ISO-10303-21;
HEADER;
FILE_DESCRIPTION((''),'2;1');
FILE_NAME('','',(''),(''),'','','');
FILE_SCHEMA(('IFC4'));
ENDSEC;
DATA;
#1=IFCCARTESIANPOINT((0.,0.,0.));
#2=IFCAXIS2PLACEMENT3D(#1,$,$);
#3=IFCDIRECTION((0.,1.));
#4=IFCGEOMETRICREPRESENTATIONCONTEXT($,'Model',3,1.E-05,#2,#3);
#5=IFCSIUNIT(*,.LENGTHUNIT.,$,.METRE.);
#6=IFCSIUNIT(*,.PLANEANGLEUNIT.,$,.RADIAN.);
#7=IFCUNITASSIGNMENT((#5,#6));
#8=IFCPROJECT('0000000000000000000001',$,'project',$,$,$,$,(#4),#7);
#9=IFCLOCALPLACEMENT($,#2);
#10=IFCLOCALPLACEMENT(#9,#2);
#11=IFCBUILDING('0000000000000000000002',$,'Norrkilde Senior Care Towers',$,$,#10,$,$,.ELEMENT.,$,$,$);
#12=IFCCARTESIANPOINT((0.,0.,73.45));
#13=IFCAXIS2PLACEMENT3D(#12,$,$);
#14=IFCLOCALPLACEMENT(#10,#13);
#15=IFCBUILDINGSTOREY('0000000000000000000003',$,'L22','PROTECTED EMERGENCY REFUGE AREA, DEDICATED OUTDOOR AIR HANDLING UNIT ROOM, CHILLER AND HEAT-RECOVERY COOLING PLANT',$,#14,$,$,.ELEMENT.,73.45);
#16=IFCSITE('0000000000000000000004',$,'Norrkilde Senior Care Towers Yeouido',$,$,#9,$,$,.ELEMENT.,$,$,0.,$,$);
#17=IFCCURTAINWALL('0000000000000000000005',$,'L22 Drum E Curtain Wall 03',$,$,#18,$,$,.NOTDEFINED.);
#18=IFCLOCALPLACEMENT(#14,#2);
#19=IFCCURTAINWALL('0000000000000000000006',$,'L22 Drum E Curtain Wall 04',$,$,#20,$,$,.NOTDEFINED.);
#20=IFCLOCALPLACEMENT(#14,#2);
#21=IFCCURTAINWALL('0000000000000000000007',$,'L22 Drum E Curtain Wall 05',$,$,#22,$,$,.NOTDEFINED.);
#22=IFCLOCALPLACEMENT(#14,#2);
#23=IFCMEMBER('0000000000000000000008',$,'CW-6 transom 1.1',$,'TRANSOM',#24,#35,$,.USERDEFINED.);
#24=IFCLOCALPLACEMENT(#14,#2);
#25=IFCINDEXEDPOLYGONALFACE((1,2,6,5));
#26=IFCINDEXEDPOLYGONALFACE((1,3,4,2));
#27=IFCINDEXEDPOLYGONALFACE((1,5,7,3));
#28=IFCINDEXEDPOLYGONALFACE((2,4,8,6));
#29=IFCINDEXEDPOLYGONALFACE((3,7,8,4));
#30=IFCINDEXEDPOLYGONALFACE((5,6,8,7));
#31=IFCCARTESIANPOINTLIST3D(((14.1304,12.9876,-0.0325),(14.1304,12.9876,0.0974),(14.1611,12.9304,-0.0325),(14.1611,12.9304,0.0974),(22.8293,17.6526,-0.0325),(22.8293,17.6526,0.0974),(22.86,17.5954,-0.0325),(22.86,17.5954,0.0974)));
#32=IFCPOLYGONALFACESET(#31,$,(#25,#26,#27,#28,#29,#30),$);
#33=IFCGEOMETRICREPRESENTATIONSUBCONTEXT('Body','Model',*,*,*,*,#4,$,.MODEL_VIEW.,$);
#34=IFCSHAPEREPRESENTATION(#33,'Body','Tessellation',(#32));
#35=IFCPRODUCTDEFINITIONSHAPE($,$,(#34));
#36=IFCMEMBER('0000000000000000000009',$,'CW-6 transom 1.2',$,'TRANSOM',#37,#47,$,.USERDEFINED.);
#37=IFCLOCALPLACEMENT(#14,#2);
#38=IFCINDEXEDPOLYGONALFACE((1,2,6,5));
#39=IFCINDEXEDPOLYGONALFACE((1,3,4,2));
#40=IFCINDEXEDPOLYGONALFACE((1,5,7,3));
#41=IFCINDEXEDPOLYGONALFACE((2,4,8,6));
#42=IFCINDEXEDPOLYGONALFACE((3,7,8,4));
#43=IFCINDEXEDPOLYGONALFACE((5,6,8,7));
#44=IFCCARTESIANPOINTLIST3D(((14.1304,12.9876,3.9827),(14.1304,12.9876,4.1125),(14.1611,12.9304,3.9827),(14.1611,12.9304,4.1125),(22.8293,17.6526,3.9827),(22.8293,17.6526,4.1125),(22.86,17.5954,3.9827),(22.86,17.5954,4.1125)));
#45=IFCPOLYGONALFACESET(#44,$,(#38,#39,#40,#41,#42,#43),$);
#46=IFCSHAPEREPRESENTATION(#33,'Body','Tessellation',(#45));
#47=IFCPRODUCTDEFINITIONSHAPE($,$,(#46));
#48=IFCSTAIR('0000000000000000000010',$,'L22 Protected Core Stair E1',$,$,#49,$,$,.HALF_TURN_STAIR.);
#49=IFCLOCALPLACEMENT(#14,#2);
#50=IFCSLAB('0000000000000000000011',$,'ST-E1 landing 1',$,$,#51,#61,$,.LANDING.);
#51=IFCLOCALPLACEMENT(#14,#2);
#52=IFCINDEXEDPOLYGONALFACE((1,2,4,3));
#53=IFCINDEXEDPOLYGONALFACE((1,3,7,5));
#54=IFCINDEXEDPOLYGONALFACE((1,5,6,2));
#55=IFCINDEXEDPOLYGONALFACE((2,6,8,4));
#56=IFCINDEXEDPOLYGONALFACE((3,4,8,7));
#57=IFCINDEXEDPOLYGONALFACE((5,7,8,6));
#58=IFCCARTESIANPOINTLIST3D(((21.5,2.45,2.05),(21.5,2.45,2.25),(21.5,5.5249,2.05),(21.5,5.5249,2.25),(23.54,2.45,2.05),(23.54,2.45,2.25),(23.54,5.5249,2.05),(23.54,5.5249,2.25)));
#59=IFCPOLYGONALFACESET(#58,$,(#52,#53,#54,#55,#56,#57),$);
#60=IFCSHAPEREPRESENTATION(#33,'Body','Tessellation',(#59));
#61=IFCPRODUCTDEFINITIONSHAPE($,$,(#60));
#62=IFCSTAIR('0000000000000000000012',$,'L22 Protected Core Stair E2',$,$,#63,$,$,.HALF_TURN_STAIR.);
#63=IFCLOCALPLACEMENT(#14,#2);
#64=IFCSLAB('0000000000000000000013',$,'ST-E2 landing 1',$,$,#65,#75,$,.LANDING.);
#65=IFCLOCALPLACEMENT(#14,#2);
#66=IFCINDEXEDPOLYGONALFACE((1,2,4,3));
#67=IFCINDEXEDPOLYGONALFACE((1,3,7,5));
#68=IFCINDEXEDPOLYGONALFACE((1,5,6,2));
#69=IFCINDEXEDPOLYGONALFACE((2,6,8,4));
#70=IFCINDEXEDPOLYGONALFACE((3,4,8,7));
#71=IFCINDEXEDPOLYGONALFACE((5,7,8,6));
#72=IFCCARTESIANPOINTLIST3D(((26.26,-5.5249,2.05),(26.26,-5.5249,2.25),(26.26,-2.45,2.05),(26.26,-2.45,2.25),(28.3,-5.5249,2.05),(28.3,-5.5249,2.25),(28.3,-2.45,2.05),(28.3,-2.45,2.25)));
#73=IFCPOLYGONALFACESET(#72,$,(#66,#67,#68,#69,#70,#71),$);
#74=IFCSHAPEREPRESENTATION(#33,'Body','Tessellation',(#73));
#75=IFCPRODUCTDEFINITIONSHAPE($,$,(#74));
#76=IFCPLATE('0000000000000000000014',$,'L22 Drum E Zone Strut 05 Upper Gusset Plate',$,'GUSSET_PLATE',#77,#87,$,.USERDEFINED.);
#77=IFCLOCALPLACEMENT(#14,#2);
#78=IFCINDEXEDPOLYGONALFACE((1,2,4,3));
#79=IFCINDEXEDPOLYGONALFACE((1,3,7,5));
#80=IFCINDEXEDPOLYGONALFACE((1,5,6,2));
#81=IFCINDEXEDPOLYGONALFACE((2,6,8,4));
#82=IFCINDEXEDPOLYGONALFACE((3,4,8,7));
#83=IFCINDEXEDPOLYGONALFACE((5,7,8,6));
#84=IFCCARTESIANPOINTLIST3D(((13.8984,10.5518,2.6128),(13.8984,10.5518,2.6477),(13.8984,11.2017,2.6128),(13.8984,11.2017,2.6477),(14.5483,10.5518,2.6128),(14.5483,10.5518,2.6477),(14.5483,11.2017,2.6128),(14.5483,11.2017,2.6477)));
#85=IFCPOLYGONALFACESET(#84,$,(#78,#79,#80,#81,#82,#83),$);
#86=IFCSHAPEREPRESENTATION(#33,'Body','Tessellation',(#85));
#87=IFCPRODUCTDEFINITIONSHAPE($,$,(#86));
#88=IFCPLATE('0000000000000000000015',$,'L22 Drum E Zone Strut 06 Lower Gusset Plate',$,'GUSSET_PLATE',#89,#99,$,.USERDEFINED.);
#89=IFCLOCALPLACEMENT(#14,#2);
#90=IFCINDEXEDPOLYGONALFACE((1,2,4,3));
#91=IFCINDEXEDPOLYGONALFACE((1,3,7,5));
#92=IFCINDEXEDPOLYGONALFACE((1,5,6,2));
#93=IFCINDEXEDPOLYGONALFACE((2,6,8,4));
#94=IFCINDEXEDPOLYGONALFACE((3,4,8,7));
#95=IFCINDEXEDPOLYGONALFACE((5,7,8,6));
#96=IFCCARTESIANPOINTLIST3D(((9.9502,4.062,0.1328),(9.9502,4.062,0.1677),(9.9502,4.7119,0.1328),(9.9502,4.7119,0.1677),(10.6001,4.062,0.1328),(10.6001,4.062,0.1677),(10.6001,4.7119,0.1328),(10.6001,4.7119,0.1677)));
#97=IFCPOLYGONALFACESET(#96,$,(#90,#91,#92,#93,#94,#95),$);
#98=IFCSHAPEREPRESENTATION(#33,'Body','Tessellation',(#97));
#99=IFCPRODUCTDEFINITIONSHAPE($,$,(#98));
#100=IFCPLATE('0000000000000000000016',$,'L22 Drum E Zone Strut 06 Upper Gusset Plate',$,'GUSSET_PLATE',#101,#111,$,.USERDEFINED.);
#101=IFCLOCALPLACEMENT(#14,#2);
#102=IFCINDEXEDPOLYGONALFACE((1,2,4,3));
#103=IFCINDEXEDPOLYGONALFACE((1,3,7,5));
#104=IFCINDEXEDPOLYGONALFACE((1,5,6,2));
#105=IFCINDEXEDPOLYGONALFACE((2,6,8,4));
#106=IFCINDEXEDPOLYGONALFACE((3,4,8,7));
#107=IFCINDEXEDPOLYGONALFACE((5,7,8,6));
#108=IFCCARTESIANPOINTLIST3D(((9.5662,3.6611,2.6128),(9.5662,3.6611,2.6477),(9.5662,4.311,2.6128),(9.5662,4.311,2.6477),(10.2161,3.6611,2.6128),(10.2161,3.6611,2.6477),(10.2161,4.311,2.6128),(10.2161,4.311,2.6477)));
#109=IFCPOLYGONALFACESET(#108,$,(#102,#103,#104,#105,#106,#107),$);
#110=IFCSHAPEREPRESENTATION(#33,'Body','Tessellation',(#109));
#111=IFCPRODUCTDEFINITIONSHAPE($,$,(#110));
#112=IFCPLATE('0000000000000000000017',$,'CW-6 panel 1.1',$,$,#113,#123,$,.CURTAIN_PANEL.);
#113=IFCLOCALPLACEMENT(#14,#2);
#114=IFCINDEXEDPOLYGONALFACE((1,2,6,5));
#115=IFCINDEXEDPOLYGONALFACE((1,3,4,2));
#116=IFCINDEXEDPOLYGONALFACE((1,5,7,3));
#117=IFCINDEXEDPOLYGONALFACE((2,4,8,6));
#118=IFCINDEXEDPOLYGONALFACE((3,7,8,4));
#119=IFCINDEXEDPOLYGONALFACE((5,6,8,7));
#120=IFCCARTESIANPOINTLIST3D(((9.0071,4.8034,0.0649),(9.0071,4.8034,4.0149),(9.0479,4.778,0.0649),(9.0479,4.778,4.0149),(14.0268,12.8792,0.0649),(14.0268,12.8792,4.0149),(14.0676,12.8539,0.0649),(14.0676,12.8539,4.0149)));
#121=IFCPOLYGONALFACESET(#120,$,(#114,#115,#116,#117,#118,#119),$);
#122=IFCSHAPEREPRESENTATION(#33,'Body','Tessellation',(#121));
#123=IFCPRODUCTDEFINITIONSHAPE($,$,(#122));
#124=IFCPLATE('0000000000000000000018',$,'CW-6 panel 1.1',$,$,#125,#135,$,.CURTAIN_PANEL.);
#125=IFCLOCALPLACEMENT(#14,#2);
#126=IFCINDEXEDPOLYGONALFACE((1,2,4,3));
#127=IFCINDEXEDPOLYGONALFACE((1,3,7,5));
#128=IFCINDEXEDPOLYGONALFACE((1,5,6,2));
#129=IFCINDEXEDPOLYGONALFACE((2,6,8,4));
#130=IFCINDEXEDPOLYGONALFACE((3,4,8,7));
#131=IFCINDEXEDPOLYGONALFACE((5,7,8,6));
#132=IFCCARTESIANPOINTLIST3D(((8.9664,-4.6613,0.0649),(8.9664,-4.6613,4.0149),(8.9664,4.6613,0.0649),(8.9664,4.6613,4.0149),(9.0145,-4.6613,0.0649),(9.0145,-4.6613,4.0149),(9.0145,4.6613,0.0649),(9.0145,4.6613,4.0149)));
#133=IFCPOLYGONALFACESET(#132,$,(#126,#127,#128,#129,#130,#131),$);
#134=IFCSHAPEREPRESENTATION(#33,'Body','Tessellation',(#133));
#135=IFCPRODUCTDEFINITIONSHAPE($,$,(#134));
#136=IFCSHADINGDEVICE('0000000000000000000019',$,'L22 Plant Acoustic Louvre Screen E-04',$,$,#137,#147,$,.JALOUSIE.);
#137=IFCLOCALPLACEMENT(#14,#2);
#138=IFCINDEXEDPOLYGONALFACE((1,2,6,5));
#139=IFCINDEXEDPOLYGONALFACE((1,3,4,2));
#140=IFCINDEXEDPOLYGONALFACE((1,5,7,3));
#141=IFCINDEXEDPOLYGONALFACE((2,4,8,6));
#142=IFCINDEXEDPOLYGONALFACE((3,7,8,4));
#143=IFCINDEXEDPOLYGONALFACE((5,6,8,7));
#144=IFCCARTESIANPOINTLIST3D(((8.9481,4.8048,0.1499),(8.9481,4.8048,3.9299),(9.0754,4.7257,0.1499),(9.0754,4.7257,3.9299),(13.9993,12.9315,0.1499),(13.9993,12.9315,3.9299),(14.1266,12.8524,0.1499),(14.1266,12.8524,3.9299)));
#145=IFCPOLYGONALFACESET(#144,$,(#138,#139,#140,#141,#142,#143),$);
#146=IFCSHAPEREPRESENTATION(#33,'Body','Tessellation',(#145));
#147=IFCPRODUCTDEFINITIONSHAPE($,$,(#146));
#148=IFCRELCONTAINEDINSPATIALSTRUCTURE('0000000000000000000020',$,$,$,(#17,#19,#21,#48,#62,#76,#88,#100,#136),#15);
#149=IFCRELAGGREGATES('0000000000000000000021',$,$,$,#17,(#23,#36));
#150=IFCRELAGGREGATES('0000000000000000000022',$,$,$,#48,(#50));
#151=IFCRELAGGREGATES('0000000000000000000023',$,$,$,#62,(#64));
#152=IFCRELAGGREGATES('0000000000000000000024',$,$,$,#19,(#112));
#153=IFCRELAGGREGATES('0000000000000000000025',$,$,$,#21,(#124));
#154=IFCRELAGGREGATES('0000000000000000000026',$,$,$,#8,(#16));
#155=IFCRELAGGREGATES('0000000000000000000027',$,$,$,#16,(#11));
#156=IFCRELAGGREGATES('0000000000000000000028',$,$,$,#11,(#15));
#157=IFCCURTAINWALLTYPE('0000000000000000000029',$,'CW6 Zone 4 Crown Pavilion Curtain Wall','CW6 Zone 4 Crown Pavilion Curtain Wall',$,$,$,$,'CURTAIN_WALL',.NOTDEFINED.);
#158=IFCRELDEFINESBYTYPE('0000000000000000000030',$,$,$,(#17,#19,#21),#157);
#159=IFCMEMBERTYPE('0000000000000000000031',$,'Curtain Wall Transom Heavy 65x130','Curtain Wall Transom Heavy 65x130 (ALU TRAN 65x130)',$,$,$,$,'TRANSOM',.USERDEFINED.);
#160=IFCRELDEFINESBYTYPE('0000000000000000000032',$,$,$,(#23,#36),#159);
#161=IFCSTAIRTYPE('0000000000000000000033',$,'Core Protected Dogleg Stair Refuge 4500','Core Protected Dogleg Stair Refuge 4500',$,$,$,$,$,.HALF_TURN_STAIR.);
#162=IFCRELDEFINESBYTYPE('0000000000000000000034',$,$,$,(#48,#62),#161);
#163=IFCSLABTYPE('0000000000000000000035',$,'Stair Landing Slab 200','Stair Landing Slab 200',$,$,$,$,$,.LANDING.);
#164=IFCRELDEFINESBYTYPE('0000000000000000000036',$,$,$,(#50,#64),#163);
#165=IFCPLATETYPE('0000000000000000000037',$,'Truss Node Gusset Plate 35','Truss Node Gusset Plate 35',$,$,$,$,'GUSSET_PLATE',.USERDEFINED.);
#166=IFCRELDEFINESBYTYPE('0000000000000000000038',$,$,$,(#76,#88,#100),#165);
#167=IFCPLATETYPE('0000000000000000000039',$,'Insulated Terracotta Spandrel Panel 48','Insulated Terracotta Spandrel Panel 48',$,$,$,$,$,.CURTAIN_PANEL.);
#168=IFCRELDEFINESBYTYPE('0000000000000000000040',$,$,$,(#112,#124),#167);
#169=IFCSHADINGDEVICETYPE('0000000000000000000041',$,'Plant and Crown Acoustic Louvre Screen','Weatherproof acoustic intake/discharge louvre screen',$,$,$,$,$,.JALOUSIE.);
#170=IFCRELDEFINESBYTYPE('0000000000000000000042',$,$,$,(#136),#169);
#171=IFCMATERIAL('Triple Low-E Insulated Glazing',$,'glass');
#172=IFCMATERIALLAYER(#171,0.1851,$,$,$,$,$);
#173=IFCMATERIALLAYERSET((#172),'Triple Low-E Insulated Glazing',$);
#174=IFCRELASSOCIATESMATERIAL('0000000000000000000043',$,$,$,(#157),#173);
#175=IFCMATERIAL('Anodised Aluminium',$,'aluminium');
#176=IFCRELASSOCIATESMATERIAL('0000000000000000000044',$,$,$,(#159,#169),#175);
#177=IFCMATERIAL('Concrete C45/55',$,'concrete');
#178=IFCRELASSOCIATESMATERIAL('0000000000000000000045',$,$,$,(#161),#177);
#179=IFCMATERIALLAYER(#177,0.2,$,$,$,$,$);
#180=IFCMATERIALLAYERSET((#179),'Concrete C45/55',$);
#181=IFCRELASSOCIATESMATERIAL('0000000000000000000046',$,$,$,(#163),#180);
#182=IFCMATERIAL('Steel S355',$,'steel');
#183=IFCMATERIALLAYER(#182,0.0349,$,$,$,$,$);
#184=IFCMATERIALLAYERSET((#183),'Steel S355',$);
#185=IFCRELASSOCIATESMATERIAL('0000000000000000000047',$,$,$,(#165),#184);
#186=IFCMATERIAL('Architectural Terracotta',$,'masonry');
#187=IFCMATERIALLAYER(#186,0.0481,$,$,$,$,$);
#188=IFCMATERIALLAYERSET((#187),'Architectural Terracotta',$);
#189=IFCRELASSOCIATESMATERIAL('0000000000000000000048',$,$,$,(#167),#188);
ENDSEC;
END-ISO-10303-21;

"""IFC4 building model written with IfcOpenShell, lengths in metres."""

from ifc_helpers import new_model, si_unit, direction, frame, origin, origin_2d, place, context, subcontext, project, spatial, polyline, rectangle, outline, extrude, source, transform, mapped, material, layer, layer_set, material_profile, profile_set, type_object, type_shapes, element, aggregate, save


model = new_model("IFC4")

# Units and contexts
model_context = context("Model", 3, precision=1e-05, world=origin(), true_north=direction((0.0, 1.0)))
body_context = subcontext(model_context, "Body", "Model", "MODEL_VIEW")
ifc_project = project(units=[si_unit("LENGTHUNIT", "METRE"), si_unit("PLANEANGLEUNIT", "RADIAN")], contexts=[model_context])

# Site, building, storey
site_placement = place(None, origin())
site = spatial("IfcSite", under=ifc_project, at=site_placement, Name="Norrkilde Senior Care Towers Yeouido", CompositionType="ELEMENT", RefElevation=0.0)
building_placement = place(site_placement, origin())
building = spatial("IfcBuilding", under=site, at=building_placement, Name="Norrkilde Senior Care Towers", CompositionType="ELEMENT")
storey_placement = place(building_placement, frame((0.0, 0.0, 73.45)))
storey = spatial("IfcBuildingStorey", under=building, at=storey_placement, Name="L22", Description="PROTECTED EMERGENCY REFUGE AREA, DEDICATED OUTDOOR AIR HANDLING UNIT ROOM, CHILLER AND HEAT-RECOVERY COOLING PLANT", CompositionType="ELEMENT", Elevation=73.45)

# Shared definitions
ifc_material_1 = material(Name="Steel S355", Category="steel")

# Curtain wall
ifc_material_2 = material(Name="Triple Low-E Insulated Glazing", Category="glass")
ifc_layer_1 = layer(ifc_material_2, 0.1851)
ifc_layer_set_1 = layer_set([ifc_layer_1], Name="Triple Low-E Insulated Glazing")
curtain_wall_type = type_object("IfcCurtainWallType", Name="CW6 Zone 4 Crown Pavilion Curtain Wall", Description="CW6 Zone 4 Crown Pavilion Curtain Wall", ElementType="CURTAIN_WALL", PredefinedType="NOTDEFINED", material=ifc_layer_set_1)
curtain_wall_1_placement = place(storey_placement, origin())
curtain_wall_1 = element("IfcCurtainWall", 1, at=curtain_wall_1_placement, inside=storey, type_object=curtain_wall_type, Name="L22 Drum E Curtain Wall 03", PredefinedType="NOTDEFINED")
ifc_material_3 = material(Name="Anodised Aluminium", Category="aluminium")

# Curtain wall
curtain_wall_2_placement = place(storey_placement, origin())
curtain_wall_2 = element("IfcCurtainWall", 2, at=curtain_wall_2_placement, inside=storey, type_object=curtain_wall_type, Name="L22 Drum E Curtain Wall 04", PredefinedType="NOTDEFINED")

# Curtain wall
curtain_wall_3_placement = place(storey_placement, origin())
curtain_wall_3 = element("IfcCurtainWall", 3, at=curtain_wall_3_placement, inside=storey, type_object=curtain_wall_type, Name="L22 Drum E Curtain Wall 05", PredefinedType="NOTDEFINED")

# Members
ifc_material_profile_1 = material_profile(ifc_material_3, rectangle(XDim=0.0649, YDim=0.1299, at=origin_2d()), Name="ALU TRAN 65x130")
ifc_profile_set_1 = profile_set([ifc_material_profile_1], Name="Anodised Aluminium")
member_type_1 = type_object("IfcMemberType", Name="Curtain Wall Transom Heavy 65x130", Description="Curtain Wall Transom Heavy 65x130 (ALU TRAN 65x130)", ElementType="TRANSOM", PredefinedType="USERDEFINED", material=ifc_profile_set_1)
shared_shape_1 = source(origin(), body_context, "Body", "SweptSolid", [
    extrude(rectangle(XDim=0.0649, YDim=0.1299, at=origin_2d()), origin(), (0.0, 0.0, 1.0), 9.8708),
])
member_1_placement = place(storey_placement, frame((14.1458, 12.959, 0.0325), z_axis=(0.881274, 0.472605, 0.0), x_axis=(-0.472605, 0.881274, 0.0)))
member_1 = element("IfcMember", 4, at=member_1_placement, type_object=member_type_1, Name="CW-6 transom 1.1", ObjectType="TRANSOM", PredefinedType="USERDEFINED", context=body_context, shape_type="MappedRepresentation", body=[
    mapped(shared_shape_1, transform((0.0, 0.0, 0.0), x_axis=(1.0, 0.0, 0.0), y_axis=(0.0, 1.0, 0.0), z_axis=(0.0, 0.0, 1.0), scale=1.0)),
])
member_2_placement = place(storey_placement, frame((14.1458, 12.959, 4.0476), z_axis=(0.881274, 0.472605, 0.0), x_axis=(-0.472605, 0.881274, 0.0)))
member_2 = element("IfcMember", 5, at=member_2_placement, type_object=member_type_1, Name="CW-6 transom 1.2", ObjectType="TRANSOM", PredefinedType="USERDEFINED", context=body_context, shape_type="MappedRepresentation", body=[
    mapped(shared_shape_1, transform((0.0, 0.0, 0.0), x_axis=(1.0, 0.0, 0.0), y_axis=(0.0, 1.0, 0.0), z_axis=(0.0, 0.0, 1.0), scale=1.0)),
])
aggregate(curtain_wall_1, [member_1, member_2])

# Stairs, slabs
ifc_material_4 = material(Name="Concrete C45/55", Category="concrete")
stair_type = type_object("IfcStairType", Name="Core Protected Dogleg Stair Refuge 4500", Description="Core Protected Dogleg Stair Refuge 4500", PredefinedType="HALF_TURN_STAIR", material=ifc_material_4)
stair_1_placement = place(storey_placement, origin())
stair_1 = element("IfcStair", 6, at=stair_1_placement, inside=storey, type_object=stair_type, Name="L22 Protected Core Stair E1", PredefinedType="HALF_TURN_STAIR")
ifc_layer_2 = layer(ifc_material_4, 0.2)
ifc_layer_set_2 = layer_set([ifc_layer_2], Name="Concrete C45/55")
slab_type = type_object("IfcSlabType", Name="Stair Landing Slab 200", Description="Stair Landing Slab 200", PredefinedType="LANDING", material=ifc_layer_set_2)
slab_1_placement = place(storey_placement, frame((0.0, 0.0, 2.05)))
slab_1 = element("IfcSlab", 7, at=slab_1_placement, type_object=slab_type, Name="ST-E1 landing 1", PredefinedType="LANDING", context=body_context, shape_type="SweptSolid", body=[
    extrude(outline(polyline([(23.54, 5.5249), (21.5, 5.5249), (21.5, 2.45), (23.54, 2.45), (23.54, 5.5249)])), origin(), (0.0, 0.0, 1.0), 0.2),
])
aggregate(stair_1, [slab_1])
stair_2_placement = place(storey_placement, origin())
stair_2 = element("IfcStair", 8, at=stair_2_placement, inside=storey, type_object=stair_type, Name="L22 Protected Core Stair E2", PredefinedType="HALF_TURN_STAIR")
slab_2_placement = place(storey_placement, frame((0.0, 0.0, 2.05)))
slab_2 = element("IfcSlab", 9, at=slab_2_placement, type_object=slab_type, Name="ST-E2 landing 1", PredefinedType="LANDING", context=body_context, shape_type="SweptSolid", body=[
    extrude(outline(polyline([(26.26, -5.5249), (28.3, -5.5249), (28.3, -2.45), (26.26, -2.45), (26.26, -5.5249)])), origin(), (0.0, 0.0, 1.0), 0.2),
])
aggregate(stair_2, [slab_2])

# Plates
ifc_layer_3 = layer(ifc_material_1, 0.0349)
ifc_layer_set_3 = layer_set([ifc_layer_3], Name="Steel S355")
plate_type_1 = type_object("IfcPlateType", Name="Truss Node Gusset Plate 35", Description="Truss Node Gusset Plate 35", ElementType="GUSSET_PLATE", PredefinedType="USERDEFINED", material=ifc_layer_set_3)
shared_shape_2 = source(origin(), body_context, "Body", "SweptSolid", [
    extrude(rectangle(XDim=0.6499, YDim=0.6499, at=origin_2d()), origin(), (0.0, 0.0, 1.0), 0.0349),
])
type_shapes(plate_type_1, [shared_shape_2])
for number, where, z_axis, x_axis, name in (
    (10, (14.2234, 10.8767, 2.6128), (0.0, 0.0, 1.0), (1.0, 0.0, 0.0), "L22 Drum E Zone Strut 05 Upper Gusset Plate"),
    (11, (10.2751, 4.387, 0.1328), (0.0, 0.0, 1.0), (1.0, 0.0, 0.0), "L22 Drum E Zone Strut 06 Lower Gusset Plate"),
    (12, (9.8911, 3.9861, 2.6128), (0.0, 0.0, 1.0), (1.0, 0.0, 0.0), "L22 Drum E Zone Strut 06 Upper Gusset Plate"),
):
    element("IfcPlate", number, at=place(storey_placement, frame(where, z_axis=z_axis, x_axis=x_axis)), inside=storey, type_object=plate_type_1, Name=name, ObjectType="GUSSET_PLATE", PredefinedType="USERDEFINED", context=body_context, shape_type="MappedRepresentation", body=[
        mapped(shared_shape_2, transform((0.0, 0.0, 0.0), x_axis=(1.0, 0.0, 0.0), y_axis=(0.0, 1.0, 0.0), z_axis=(0.0, 0.0, 1.0), scale=1.0)),
    ])

# Plates
ifc_material_5 = material(Name="Architectural Terracotta", Category="masonry")
ifc_layer_4 = layer(ifc_material_5, 0.0481)
ifc_layer_set_4 = layer_set([ifc_layer_4], Name="Architectural Terracotta")
plate_type_2 = type_object("IfcPlateType", Name="Insulated Terracotta Spandrel Panel 48", Description="Insulated Terracotta Spandrel Panel 48", PredefinedType="CURTAIN_PANEL", material=ifc_layer_set_4)
shared_shape_3 = source(origin(), body_context, "Body", "SweptSolid", [
    extrude(rectangle(XDim=9.5088, YDim=0.0481, at=origin_2d()), origin(), (0.0, 0.0, 1.0), 3.95),
])
plate_1_placement = place(storey_placement, frame((11.5374, 8.8286, 0.0649), z_axis=(0.0, 0.0, 1.0), x_axis=(0.527901, 0.849306, 0.0)))
plate_1 = element("IfcPlate", 13, at=plate_1_placement, type_object=plate_type_2, Name="CW-6 panel 1.1", PredefinedType="CURTAIN_PANEL", context=body_context, shape_type="MappedRepresentation", body=[
    mapped(shared_shape_3, transform((0.0, 0.0, 0.0), x_axis=(1.0, 0.0, 0.0), y_axis=(0.0, 1.0, 0.0), z_axis=(0.0, 0.0, 1.0), scale=1.0)),
])
aggregate(curtain_wall_2, [plate_1])
shared_shape_4 = source(origin(), body_context, "Body", "SweptSolid", [
    extrude(rectangle(XDim=9.3225, YDim=0.0481, at=origin_2d()), origin(), (0.0, 0.0, 1.0), 3.95),
])
type_shapes(plate_type_2, [shared_shape_3, shared_shape_4])
plate_2_placement = place(storey_placement, frame((8.9905, 0.0, 0.0649), z_axis=(0.0, 0.0, 1.0), x_axis=(0.0, 1.0, 0.0)))
plate_2 = element("IfcPlate", 14, at=plate_2_placement, type_object=plate_type_2, Name="CW-6 panel 1.1", PredefinedType="CURTAIN_PANEL", context=body_context, shape_type="MappedRepresentation", body=[
    mapped(shared_shape_4, transform((0.0, 0.0, 0.0), x_axis=(1.0, 0.0, 0.0), y_axis=(0.0, 1.0, 0.0), z_axis=(0.0, 0.0, 1.0), scale=1.0)),
])
aggregate(curtain_wall_3, [plate_2])

# Shading device
shading_device_type = type_object("IfcShadingDeviceType", Name="Plant and Crown Acoustic Louvre Screen", Description="Weatherproof acoustic intake/discharge louvre screen", PredefinedType="JALOUSIE", material=ifc_material_3)
shared_shape_5 = source(origin(), body_context, "Body", "SweptSolid", [
    extrude(rectangle(XDim=9.5686, YDim=0.1499, at=origin_2d()), origin(), (0.0, 0.0, 1.0), 3.78),
])
type_shapes(shading_device_type, [shared_shape_5])
shading_device_placement = place(storey_placement, frame((11.5374, 8.8286, 0.1499), z_axis=(0.0, 0.0, 1.0), x_axis=(0.527901, 0.849306, 0.0)))
element("IfcShadingDevice", 15, at=shading_device_placement, inside=storey, type_object=shading_device_type, Name="L22 Plant Acoustic Louvre Screen E-04", PredefinedType="JALOUSIE", context=body_context, shape_type="MappedRepresentation", body=[
    mapped(shared_shape_5, transform((0.0, 0.0, 0.0), x_axis=(1.0, 0.0, 0.0), y_axis=(0.0, 1.0, 0.0), z_axis=(0.0, 0.0, 1.0), scale=1.0)),
])

save(model, "model.ifc")
